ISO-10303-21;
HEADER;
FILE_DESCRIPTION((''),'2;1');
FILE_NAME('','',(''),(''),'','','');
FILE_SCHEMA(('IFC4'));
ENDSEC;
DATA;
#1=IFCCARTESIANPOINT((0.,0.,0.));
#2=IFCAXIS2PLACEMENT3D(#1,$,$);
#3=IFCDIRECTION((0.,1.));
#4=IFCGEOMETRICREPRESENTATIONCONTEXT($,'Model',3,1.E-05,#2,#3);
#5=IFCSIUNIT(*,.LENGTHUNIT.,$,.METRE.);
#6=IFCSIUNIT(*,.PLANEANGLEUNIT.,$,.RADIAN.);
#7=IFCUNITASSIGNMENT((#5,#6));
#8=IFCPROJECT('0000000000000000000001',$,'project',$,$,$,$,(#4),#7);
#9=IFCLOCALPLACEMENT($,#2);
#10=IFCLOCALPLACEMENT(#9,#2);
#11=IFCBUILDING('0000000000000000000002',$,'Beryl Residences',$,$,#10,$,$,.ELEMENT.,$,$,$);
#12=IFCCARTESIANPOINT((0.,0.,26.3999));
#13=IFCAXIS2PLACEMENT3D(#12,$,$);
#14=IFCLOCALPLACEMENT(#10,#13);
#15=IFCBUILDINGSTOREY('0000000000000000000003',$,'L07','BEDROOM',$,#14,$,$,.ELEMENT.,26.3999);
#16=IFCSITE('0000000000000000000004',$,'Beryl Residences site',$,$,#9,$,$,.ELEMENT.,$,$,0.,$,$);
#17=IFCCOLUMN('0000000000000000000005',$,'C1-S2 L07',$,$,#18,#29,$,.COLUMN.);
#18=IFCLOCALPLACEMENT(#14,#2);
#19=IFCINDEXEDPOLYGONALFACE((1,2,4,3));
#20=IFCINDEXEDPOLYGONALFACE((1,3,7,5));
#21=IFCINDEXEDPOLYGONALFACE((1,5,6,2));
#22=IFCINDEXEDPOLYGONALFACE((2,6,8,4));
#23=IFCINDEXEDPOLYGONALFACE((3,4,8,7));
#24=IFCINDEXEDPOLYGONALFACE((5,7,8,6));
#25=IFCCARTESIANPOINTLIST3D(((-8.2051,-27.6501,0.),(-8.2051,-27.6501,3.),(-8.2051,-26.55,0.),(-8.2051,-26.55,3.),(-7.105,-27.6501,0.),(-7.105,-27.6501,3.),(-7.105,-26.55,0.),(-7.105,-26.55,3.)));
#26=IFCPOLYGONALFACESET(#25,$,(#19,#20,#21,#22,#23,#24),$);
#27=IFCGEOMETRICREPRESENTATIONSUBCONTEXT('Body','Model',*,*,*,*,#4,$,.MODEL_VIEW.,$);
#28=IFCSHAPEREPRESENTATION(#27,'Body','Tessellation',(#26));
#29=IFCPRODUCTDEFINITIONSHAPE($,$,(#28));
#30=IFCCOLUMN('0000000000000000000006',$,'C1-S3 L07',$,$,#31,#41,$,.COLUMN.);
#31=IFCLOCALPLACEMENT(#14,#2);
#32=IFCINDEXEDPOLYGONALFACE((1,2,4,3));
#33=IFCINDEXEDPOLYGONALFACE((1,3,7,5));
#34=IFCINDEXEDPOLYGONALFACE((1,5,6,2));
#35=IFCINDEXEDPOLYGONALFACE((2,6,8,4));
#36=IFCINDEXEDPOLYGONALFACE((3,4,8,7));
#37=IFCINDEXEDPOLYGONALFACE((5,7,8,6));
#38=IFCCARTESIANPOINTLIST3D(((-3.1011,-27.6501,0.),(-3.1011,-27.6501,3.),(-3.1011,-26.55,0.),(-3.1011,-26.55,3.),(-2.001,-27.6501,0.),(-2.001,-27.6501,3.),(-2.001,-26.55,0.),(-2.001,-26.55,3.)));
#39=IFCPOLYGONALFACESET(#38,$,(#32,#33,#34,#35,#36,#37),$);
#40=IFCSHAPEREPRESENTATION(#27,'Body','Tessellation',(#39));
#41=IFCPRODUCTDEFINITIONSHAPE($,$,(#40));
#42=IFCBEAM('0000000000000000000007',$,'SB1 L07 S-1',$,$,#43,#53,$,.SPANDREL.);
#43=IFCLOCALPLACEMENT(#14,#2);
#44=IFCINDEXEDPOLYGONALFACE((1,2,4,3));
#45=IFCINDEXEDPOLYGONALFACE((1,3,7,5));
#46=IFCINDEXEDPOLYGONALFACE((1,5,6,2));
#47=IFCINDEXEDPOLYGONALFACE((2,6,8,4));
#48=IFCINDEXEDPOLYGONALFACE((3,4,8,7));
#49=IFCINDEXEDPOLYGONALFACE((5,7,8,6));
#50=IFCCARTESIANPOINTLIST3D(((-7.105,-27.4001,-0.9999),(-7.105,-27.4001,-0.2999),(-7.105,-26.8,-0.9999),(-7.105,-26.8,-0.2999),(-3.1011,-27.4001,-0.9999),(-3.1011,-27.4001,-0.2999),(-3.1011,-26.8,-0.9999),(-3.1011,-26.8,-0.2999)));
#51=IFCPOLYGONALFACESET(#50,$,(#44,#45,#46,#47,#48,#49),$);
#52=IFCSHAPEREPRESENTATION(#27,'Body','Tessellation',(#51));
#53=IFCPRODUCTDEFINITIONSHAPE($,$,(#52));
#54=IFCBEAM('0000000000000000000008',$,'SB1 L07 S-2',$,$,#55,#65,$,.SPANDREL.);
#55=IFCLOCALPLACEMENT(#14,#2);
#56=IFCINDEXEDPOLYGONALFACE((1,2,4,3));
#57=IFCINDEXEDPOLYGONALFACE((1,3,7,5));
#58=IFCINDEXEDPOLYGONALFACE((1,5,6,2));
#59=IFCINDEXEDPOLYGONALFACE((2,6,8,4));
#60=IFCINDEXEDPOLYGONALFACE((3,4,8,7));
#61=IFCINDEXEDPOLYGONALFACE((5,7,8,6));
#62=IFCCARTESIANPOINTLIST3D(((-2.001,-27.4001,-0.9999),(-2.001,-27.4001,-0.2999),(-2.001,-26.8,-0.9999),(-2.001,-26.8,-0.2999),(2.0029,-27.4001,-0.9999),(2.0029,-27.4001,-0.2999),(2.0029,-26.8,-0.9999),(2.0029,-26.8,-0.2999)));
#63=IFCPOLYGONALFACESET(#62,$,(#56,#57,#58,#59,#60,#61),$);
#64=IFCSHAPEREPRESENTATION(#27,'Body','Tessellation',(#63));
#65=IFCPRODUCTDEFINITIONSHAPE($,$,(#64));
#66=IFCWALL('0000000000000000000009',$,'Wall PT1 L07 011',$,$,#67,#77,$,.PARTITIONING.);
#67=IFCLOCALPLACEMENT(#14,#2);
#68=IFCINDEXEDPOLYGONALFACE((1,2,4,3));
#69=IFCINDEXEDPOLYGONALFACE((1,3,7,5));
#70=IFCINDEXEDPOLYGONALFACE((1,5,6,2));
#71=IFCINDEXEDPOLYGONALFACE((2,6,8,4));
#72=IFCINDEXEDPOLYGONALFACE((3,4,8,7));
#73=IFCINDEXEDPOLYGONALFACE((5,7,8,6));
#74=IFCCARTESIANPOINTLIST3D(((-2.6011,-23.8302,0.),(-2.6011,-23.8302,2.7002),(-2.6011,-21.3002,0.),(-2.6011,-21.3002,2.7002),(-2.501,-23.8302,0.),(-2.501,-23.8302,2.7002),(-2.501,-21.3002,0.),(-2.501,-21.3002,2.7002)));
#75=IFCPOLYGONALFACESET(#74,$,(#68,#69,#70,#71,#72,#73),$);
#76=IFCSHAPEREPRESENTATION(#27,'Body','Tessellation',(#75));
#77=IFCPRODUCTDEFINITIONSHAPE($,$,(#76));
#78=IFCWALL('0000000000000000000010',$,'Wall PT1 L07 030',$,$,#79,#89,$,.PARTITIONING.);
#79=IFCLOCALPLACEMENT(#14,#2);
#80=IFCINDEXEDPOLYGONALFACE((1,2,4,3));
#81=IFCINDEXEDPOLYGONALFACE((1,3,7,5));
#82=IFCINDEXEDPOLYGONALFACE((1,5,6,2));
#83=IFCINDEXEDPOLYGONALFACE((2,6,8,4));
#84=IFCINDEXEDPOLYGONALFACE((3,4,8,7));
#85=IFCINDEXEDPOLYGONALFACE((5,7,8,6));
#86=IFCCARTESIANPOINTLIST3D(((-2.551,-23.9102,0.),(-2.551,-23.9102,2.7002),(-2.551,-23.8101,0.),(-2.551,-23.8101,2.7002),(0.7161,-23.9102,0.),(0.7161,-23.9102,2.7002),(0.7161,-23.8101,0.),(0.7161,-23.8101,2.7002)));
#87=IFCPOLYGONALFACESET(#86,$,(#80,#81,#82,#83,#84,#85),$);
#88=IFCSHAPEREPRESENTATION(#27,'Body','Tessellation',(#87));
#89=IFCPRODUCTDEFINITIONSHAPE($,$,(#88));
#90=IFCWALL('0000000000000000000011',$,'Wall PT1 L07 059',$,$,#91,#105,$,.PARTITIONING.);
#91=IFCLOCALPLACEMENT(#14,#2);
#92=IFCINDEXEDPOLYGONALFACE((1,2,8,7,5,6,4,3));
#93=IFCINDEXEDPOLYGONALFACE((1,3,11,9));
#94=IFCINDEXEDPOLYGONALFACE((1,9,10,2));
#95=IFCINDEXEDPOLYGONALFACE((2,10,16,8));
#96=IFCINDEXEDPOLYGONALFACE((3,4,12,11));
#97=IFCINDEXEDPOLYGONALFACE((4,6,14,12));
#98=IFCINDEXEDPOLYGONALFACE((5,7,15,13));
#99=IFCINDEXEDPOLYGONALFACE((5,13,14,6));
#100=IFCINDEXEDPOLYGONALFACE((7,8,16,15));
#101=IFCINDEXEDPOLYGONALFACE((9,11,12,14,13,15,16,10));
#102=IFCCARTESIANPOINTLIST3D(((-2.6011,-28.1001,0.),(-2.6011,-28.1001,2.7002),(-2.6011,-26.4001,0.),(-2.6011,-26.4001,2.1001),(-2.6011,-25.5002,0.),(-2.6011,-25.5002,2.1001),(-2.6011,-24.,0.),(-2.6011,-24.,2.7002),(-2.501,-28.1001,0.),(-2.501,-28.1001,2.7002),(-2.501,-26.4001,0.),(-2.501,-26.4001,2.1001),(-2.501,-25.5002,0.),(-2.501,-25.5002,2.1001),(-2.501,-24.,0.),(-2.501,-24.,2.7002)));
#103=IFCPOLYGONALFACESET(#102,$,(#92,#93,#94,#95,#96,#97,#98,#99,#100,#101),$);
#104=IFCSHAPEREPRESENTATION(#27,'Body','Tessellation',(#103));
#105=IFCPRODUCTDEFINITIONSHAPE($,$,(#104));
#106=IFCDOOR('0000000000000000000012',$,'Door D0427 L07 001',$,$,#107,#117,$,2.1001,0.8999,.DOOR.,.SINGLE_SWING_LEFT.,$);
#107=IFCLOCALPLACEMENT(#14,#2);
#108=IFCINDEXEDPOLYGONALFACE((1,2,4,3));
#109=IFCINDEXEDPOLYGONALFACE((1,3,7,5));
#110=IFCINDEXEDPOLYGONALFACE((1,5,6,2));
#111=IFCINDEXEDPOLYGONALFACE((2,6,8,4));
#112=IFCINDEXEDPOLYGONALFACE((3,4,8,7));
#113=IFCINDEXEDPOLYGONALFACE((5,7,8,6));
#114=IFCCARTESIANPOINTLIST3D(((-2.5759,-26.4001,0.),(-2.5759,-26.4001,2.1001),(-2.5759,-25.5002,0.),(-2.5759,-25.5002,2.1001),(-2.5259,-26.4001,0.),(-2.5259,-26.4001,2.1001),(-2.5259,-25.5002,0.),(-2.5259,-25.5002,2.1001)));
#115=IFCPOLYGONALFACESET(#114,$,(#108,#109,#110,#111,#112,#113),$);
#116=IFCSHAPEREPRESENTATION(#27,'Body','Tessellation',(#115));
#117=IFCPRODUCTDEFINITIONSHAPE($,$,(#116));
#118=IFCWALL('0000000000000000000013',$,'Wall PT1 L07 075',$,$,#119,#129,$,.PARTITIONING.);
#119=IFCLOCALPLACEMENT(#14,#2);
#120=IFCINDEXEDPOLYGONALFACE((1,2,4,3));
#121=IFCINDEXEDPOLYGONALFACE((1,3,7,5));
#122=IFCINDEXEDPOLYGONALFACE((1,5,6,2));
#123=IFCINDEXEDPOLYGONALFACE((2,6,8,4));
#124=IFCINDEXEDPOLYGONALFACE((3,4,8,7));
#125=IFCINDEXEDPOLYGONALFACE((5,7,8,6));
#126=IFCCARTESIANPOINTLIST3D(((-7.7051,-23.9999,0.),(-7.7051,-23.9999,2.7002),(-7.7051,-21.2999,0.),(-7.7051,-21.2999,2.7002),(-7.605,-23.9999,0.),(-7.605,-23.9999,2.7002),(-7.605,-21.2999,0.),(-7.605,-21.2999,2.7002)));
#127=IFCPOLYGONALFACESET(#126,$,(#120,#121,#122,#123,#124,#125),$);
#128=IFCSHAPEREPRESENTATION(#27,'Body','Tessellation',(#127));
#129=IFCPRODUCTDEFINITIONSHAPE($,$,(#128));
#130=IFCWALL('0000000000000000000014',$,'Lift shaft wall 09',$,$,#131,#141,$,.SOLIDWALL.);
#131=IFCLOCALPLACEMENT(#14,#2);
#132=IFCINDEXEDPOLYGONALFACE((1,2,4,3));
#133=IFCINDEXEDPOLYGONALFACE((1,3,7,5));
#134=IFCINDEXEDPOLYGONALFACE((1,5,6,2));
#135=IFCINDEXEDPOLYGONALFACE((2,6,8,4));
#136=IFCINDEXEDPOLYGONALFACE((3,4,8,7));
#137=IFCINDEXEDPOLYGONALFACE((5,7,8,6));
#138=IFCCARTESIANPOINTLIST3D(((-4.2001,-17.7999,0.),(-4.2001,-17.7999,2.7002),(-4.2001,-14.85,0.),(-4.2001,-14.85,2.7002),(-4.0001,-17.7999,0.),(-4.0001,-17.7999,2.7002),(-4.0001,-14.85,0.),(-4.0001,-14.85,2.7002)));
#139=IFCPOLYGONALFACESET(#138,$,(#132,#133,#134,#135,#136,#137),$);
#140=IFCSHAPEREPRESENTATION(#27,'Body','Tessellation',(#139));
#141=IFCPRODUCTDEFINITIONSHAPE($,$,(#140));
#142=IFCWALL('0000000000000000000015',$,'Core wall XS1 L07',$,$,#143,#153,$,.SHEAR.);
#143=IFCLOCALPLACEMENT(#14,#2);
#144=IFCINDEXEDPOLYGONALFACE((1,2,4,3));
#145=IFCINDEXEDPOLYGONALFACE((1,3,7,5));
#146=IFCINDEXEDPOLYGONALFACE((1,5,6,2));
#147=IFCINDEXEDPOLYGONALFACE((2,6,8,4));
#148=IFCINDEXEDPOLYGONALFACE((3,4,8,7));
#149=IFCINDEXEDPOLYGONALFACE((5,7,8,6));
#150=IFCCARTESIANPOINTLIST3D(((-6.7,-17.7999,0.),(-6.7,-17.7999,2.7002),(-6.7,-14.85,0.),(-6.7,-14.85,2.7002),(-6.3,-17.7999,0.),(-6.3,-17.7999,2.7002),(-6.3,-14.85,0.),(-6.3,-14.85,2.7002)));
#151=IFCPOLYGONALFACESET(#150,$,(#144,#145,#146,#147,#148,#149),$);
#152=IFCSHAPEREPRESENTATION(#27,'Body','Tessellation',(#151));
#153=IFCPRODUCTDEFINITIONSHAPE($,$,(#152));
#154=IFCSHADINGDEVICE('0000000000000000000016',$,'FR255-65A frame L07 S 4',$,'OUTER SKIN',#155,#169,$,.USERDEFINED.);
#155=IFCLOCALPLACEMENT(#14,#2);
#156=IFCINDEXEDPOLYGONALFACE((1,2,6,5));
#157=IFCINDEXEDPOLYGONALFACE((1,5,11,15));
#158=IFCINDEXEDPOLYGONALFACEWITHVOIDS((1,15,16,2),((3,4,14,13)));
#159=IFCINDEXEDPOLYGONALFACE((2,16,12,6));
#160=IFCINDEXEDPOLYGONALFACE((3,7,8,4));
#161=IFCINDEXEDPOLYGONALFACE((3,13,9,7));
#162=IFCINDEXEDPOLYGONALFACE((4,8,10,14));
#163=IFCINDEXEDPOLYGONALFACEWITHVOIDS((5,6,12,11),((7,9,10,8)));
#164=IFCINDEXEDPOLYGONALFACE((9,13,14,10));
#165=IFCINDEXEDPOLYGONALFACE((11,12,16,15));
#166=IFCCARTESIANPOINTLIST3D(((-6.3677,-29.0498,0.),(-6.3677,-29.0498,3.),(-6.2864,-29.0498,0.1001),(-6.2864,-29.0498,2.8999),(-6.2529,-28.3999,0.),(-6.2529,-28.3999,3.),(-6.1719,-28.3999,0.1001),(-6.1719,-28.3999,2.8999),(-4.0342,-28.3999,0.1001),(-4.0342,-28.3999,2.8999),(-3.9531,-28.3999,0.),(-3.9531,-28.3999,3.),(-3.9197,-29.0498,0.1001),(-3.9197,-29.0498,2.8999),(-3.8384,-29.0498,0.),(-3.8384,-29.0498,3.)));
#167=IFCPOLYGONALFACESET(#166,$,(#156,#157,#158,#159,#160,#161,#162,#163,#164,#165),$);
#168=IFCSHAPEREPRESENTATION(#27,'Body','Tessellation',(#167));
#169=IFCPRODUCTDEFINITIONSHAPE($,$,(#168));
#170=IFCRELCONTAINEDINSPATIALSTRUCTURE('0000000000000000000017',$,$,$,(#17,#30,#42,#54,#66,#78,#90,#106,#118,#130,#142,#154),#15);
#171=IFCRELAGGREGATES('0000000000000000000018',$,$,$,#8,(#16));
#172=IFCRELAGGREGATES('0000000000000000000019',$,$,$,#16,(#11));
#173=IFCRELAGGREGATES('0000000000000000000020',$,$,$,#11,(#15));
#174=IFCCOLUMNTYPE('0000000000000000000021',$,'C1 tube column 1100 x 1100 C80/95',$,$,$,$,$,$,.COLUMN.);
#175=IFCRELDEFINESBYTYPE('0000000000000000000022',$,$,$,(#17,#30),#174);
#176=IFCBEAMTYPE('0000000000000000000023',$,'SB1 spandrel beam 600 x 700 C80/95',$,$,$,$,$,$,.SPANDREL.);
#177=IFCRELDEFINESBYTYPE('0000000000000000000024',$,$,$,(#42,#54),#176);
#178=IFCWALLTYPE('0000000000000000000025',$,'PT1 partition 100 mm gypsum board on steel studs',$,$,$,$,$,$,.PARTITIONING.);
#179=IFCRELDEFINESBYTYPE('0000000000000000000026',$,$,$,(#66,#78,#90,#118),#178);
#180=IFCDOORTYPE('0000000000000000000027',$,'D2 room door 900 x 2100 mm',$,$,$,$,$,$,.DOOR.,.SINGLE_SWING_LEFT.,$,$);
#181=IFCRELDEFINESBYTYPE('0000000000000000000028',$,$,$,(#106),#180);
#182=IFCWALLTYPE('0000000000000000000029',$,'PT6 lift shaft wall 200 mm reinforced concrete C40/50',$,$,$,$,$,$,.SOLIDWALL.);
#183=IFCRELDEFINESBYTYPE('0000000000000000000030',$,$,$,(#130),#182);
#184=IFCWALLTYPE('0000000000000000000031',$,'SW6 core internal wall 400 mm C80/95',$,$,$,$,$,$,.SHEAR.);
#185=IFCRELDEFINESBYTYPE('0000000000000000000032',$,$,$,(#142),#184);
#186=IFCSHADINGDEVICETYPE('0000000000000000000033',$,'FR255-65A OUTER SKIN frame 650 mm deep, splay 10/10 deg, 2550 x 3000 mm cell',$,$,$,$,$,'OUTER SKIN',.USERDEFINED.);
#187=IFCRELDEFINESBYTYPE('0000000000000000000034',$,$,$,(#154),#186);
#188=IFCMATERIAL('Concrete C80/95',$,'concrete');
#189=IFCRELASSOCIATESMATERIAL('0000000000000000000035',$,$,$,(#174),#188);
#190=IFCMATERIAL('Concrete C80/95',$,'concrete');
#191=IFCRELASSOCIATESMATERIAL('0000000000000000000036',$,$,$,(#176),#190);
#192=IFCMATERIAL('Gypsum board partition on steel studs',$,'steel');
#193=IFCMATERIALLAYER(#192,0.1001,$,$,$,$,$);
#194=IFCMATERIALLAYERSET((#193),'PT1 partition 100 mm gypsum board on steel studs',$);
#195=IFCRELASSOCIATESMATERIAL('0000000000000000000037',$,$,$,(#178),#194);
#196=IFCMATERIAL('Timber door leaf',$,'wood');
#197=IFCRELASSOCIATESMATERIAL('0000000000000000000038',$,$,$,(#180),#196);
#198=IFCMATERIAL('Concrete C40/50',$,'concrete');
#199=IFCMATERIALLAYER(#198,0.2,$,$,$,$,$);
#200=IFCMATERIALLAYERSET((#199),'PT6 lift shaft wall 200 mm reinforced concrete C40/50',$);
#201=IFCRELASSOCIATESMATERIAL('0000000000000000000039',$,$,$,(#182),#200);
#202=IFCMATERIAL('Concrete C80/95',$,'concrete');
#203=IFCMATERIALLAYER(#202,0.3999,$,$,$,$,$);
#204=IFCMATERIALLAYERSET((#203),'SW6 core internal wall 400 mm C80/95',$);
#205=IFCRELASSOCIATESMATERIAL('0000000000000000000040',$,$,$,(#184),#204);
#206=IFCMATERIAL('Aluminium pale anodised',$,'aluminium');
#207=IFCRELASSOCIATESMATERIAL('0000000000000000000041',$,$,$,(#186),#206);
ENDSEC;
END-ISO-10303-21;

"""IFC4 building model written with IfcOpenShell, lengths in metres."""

from ifc_helpers import new_model, entity, si_unit, direction, frame, frame_2d, origin, origin_2d, place, context, subcontext, project, spatial, rectangle, extrude, source, transform, mapped, material, layer, layer_set, material_profile, profile_set, type_object, type_shapes, element, fill, save


model = new_model("IFC4")

# Units and contexts
model_context = context("Model", 3, precision=1e-05, world=origin(), true_north=direction((0.0, 1.0)))
body_context = subcontext(model_context, "Body", "Model", "MODEL_VIEW")
ifc_project = project(units=[si_unit("LENGTHUNIT", "METRE"), si_unit("PLANEANGLEUNIT", "RADIAN")], contexts=[model_context])

# Site, building, storey
site_placement = place(None, origin())
site = spatial("IfcSite", under=ifc_project, at=site_placement, Name="Beryl Residences site", CompositionType="ELEMENT", RefElevation=0.0)
building_placement = place(site_placement, origin())
building = spatial("IfcBuilding", under=site, at=building_placement, Name="Beryl Residences", CompositionType="ELEMENT")
storey_placement = place(building_placement, frame((0.0, 0.0, 26.3999)))
storey = spatial("IfcBuildingStorey", under=building, at=storey_placement, Name="L07", Description="BEDROOM", CompositionType="ELEMENT", Elevation=26.3999)

# Columns
ifc_material_1 = material(Name="Concrete C80/95", Category="concrete")
ifc_material_profile_1 = material_profile(ifc_material_1, rectangle(XDim=1.1001, YDim=1.1001, at=origin_2d()))
ifc_profile_set_1 = profile_set([ifc_material_profile_1], Name="Concrete C80/95")
column_type = type_object("IfcColumnType", Name="C1 tube column 1100 x 1100 C80/95", PredefinedType="COLUMN", material=ifc_profile_set_1)
for number, where, z_axis, x_axis, name in (
    (1, (-7.655, -27.1001, 0.0), (0.0, 0.0, 1.0), (1.0, 0.0, 0.0), "C1-S2 L07"),
    (2, (-2.551, -27.1001, 0.0), (0.0, 0.0, 1.0), (1.0, 0.0, 0.0), "C1-S3 L07"),
):
    element("IfcColumn", number, at=place(storey_placement, frame(where, z_axis=z_axis, x_axis=x_axis)), inside=storey, type_object=column_type, Name=name, PredefinedType="COLUMN", context=body_context, shape_type="SweptSolid", body=[
        extrude(rectangle(XDim=1.1001, YDim=1.1001, at=origin_2d()), origin(), (0.0, 0.0, 1.0), 3.0),
    ])

# Beams
ifc_material_2 = material(Name="Concrete C80/95", Category="concrete")
ifc_material_profile_2 = material_profile(ifc_material_2, rectangle(XDim=0.6001, YDim=0.7, at=origin_2d()))
ifc_profile_set_2 = profile_set([ifc_material_profile_2], Name="Concrete C80/95")
beam_type = type_object("IfcBeamType", Name="SB1 spandrel beam 600 x 700 C80/95", PredefinedType="SPANDREL", material=ifc_profile_set_2)
for number, where, z_axis, x_axis, name in (
    (3, (-7.105, -27.1001, -0.6499), (1.0, 0.0, 0.0), (0.0, 1.0, 0.0), "SB1 L07 S-1"),
    (4, (-2.001, -27.1001, -0.6499), (1.0, 0.0, 0.0), (0.0, 1.0, 0.0), "SB1 L07 S-2"),
):
    element("IfcBeam", number, at=place(storey_placement, frame(where, z_axis=z_axis, x_axis=x_axis)), inside=storey, type_object=beam_type, Name=name, PredefinedType="SPANDREL", context=body_context, shape_type="SweptSolid", body=[
        extrude(rectangle(XDim=0.6001, YDim=0.7, at=origin_2d()), origin(), (0.0, 0.0, 1.0), 4.0039),
    ])

# Walls
ifc_material_3 = material(Name="Gypsum board partition on steel studs", Category="steel")
ifc_layer_1 = layer(ifc_material_3, 0.1001)
ifc_layer_set_1 = layer_set([ifc_layer_1], Name="PT1 partition 100 mm gypsum board on steel studs")
wall_type_1 = type_object("IfcWallType", Name="PT1 partition 100 mm gypsum board on steel studs", PredefinedType="PARTITIONING", material=ifc_layer_set_1)
wall_1_placement = place(storey_placement, frame((-2.551, -21.3, 0.0), z_axis=(0.0, 0.0, 1.0), x_axis=(0.0, -1.0, 0.0)))
element("IfcWall", 5, at=wall_1_placement, inside=storey, type_object=wall_type_1, Name="Wall PT1 L07 011", PredefinedType="PARTITIONING", context=body_context, shape_type="SweptSolid", body=[
    extrude(rectangle(XDim=2.53, YDim=0.1001, at=frame_2d((1.2651, 0.0))), origin(), (0.0, 0.0, 1.0), 2.7002),
])
wall_2_placement = place(storey_placement, frame((-2.551, -23.8601, 0.0), z_axis=(0.0, 0.0, 1.0), x_axis=(1.0, 0.0, 0.0)))
element("IfcWall", 6, at=wall_2_placement, inside=storey, type_object=wall_type_1, Name="Wall PT1 L07 030", PredefinedType="PARTITIONING", context=body_context, shape_type="SweptSolid", body=[
    extrude(rectangle(XDim=3.2671, YDim=0.1001, at=frame_2d((1.6335, 0.0))), origin(), (0.0, 0.0, 1.0), 2.7002),
])

# Wall, opening, door
wall_3_placement = place(storey_placement, frame((-2.551, -28.1001, 0.0), z_axis=(0.0, 0.0, 1.0), x_axis=(0.0, 1.0, 0.0)))
wall_3 = element("IfcWall", 7, at=wall_3_placement, inside=storey, type_object=wall_type_1, Name="Wall PT1 L07 059", PredefinedType="PARTITIONING", context=body_context, shape_type="SweptSolid", body=[
    extrude(rectangle(XDim=4.1001, YDim=0.1001, at=frame_2d((2.05, 0.0))), origin(), (0.0, 0.0, 1.0), 2.7002),
])
opening_placement = place(wall_3_placement, frame((1.7, 0.0, 0.0)))
opening = element("IfcOpeningElement", 8, at=opening_placement, cuts=wall_3, PredefinedType="OPENING", context=body_context, shape_type="SweptSolid", body=[
    extrude(rectangle(XDim=0.8999, YDim=2.1001, at=frame_2d((0.45, 1.05))), frame((0.0, 0.0601, 0.0), z_axis=(0.0, -1.0, 0.0), x_axis=(1.0, 0.0, 0.0)), (0.0, 0.0, 1.0), 0.1201),
])
ifc_material_4 = material(Name="Timber door leaf", Category="wood")
door_type = type_object("IfcDoorType", Name="D2 room door 900 x 2100 mm", OperationType="SINGLE_SWING_LEFT", PredefinedType="DOOR", material=ifc_material_4)
door_placement = place(opening_placement, origin())
door = element("IfcDoor", 9, at=door_placement, inside=storey, type_object=door_type, Name="Door D0427 L07 001", OperationType="SINGLE_SWING_LEFT", OverallHeight=2.1001, OverallWidth=0.8999, PredefinedType="DOOR", context=body_context, shape_type="SweptSolid", body=[
    extrude(rectangle(XDim=0.8999, YDim=2.1001, at=frame_2d((0.45, 1.05))), frame((0.0, 0.0249, 0.0), z_axis=(0.0, -1.0, 0.0), x_axis=(1.0, 0.0, 0.0)), (0.0, 0.0, 1.0), 0.05),
])
fill(opening, door)

# Walls
wall_4_placement = place(storey_placement, frame((-7.655, -24.0, 0.0), z_axis=(0.0, 0.0, 1.0), x_axis=(0.0, 1.0, 0.0)))
element("IfcWall", 10, at=wall_4_placement, inside=storey, type_object=wall_type_1, Name="Wall PT1 L07 075", PredefinedType="PARTITIONING", context=body_context, shape_type="SweptSolid", body=[
    extrude(rectangle(XDim=2.7, YDim=0.1001, at=frame_2d((1.3501, 0.0))), origin(), (0.0, 0.0, 1.0), 2.7002),
])
ifc_material_5 = material(Name="Concrete C40/50", Category="concrete")
ifc_layer_2 = layer(ifc_material_5, 0.2)
ifc_layer_set_2 = layer_set([ifc_layer_2], Name="PT6 lift shaft wall 200 mm reinforced concrete C40/50")
wall_type_2 = type_object("IfcWallType", Name="PT6 lift shaft wall 200 mm reinforced concrete C40/50", PredefinedType="SOLIDWALL", material=ifc_layer_set_2)
wall_5_placement = place(storey_placement, frame((-4.1001, -17.8, 0.0), z_axis=(0.0, 0.0, 1.0), x_axis=(0.0, 1.0, 0.0)))
element("IfcWall", 11, at=wall_5_placement, inside=storey, type_object=wall_type_2, Name="Lift shaft wall 09", PredefinedType="SOLIDWALL", context=body_context, shape_type="SweptSolid", body=[
    extrude(rectangle(XDim=2.95, YDim=0.2, at=frame_2d((1.4751, 0.0))), origin(), (0.0, 0.0, 1.0), 2.7002),
])
ifc_material_6 = material(Name="Concrete C80/95", Category="concrete")
ifc_layer_3 = layer(ifc_material_6, 0.3999)
ifc_layer_set_3 = layer_set([ifc_layer_3], Name="SW6 core internal wall 400 mm C80/95")
wall_type_3 = type_object("IfcWallType", Name="SW6 core internal wall 400 mm C80/95", PredefinedType="SHEAR", material=ifc_layer_set_3)
wall_6_placement = place(storey_placement, frame((-6.5, -17.8, 0.0), z_axis=(0.0, 0.0, 1.0), x_axis=(0.0, 1.0, 0.0)))
element("IfcWall", 12, at=wall_6_placement, inside=storey, type_object=wall_type_3, Name="Core wall XS1 L07", PredefinedType="SHEAR", context=body_context, shape_type="SweptSolid", body=[
    extrude(rectangle(XDim=2.95, YDim=0.3999, at=frame_2d((1.4751, 0.0))), origin(), (0.0, 0.0, 1.0), 2.7002),
])

# Shading device
ifc_material_7 = material(Name="Aluminium pale anodised", Category="aluminium")
shading_device_type = type_object("IfcShadingDeviceType", Name="FR255-65A OUTER SKIN frame 650 mm deep, splay 10/10 deg, 2550 x 3000 mm cell", ElementType="OUTER SKIN", PredefinedType="USERDEFINED", material=ifc_material_7)
cartesian_point_1 = entity("IfcCartesianPoint", [-1.1499, 0.0])
cartesian_point_2 = entity("IfcCartesianPoint", [-1.0688, 0.1001])
cartesian_point_3 = entity("IfcCartesianPoint", [-1.2646, 0.0])
cartesian_point_4 = entity("IfcCartesianPoint", [-1.1833, 0.1001])
shared_shape = source(origin(), body_context, "Body", "SweptSolid", [
    entity("IfcExtrudedAreaSolidTapered", entity("IfcArbitraryProfileDefWithVoids", "AREA", None, entity("IfcPolyline", [cartesian_point_1, entity("IfcCartesianPoint", [1.1499, 0.0]), entity("IfcCartesianPoint", [1.1499, 3.0]), entity("IfcCartesianPoint", [-1.1499, 3.0]), cartesian_point_1]), [entity("IfcPolyline", [cartesian_point_2, entity("IfcCartesianPoint", [1.0688, 0.1001]), entity("IfcCartesianPoint", [1.0688, 2.8999]), entity("IfcCartesianPoint", [-1.0688, 2.8999]), cartesian_point_2])]), entity("IfcAxis2Placement3D", entity("IfcCartesianPoint", [0.0, 0.0, 0.0]), entity("IfcDirection", [0.0, 1.0, 0.0]), entity("IfcDirection", [-1.0, 0.0, 0.0])), entity("IfcDirection", [0.0, 0.0, 1.0]), 0.6499, entity("IfcArbitraryProfileDefWithVoids", "AREA", None, entity("IfcPolyline", [cartesian_point_3, entity("IfcCartesianPoint", [1.2646, 0.0]), entity("IfcCartesianPoint", [1.2646, 3.0]), entity("IfcCartesianPoint", [-1.2646, 3.0]), cartesian_point_3]), [entity("IfcPolyline", [cartesian_point_4, entity("IfcCartesianPoint", [1.1833, 0.1001]), entity("IfcCartesianPoint", [1.1833, 2.8999]), entity("IfcCartesianPoint", [-1.1833, 2.8999]), cartesian_point_4])])),
])
type_shapes(shading_device_type, [shared_shape])
for number, where, z_axis, x_axis, name in (
    (13, (-5.103, -28.3999, 0.0), (0.0, 0.0, 1.0), (-1.0, 0.0, 0.0), "FR255-65A frame L07 S 4"),
):
    element("IfcShadingDevice", number, at=place(storey_placement, frame(where, z_axis=z_axis, x_axis=x_axis)), inside=storey, type_object=shading_device_type, Name=name, ObjectType="OUTER SKIN", PredefinedType="USERDEFINED", context=body_context, shape_type="MappedRepresentation", body=[
        mapped(shared_shape, transform((0.0, 0.0, 0.0))),
    ])

save(model, "model.ifc")
